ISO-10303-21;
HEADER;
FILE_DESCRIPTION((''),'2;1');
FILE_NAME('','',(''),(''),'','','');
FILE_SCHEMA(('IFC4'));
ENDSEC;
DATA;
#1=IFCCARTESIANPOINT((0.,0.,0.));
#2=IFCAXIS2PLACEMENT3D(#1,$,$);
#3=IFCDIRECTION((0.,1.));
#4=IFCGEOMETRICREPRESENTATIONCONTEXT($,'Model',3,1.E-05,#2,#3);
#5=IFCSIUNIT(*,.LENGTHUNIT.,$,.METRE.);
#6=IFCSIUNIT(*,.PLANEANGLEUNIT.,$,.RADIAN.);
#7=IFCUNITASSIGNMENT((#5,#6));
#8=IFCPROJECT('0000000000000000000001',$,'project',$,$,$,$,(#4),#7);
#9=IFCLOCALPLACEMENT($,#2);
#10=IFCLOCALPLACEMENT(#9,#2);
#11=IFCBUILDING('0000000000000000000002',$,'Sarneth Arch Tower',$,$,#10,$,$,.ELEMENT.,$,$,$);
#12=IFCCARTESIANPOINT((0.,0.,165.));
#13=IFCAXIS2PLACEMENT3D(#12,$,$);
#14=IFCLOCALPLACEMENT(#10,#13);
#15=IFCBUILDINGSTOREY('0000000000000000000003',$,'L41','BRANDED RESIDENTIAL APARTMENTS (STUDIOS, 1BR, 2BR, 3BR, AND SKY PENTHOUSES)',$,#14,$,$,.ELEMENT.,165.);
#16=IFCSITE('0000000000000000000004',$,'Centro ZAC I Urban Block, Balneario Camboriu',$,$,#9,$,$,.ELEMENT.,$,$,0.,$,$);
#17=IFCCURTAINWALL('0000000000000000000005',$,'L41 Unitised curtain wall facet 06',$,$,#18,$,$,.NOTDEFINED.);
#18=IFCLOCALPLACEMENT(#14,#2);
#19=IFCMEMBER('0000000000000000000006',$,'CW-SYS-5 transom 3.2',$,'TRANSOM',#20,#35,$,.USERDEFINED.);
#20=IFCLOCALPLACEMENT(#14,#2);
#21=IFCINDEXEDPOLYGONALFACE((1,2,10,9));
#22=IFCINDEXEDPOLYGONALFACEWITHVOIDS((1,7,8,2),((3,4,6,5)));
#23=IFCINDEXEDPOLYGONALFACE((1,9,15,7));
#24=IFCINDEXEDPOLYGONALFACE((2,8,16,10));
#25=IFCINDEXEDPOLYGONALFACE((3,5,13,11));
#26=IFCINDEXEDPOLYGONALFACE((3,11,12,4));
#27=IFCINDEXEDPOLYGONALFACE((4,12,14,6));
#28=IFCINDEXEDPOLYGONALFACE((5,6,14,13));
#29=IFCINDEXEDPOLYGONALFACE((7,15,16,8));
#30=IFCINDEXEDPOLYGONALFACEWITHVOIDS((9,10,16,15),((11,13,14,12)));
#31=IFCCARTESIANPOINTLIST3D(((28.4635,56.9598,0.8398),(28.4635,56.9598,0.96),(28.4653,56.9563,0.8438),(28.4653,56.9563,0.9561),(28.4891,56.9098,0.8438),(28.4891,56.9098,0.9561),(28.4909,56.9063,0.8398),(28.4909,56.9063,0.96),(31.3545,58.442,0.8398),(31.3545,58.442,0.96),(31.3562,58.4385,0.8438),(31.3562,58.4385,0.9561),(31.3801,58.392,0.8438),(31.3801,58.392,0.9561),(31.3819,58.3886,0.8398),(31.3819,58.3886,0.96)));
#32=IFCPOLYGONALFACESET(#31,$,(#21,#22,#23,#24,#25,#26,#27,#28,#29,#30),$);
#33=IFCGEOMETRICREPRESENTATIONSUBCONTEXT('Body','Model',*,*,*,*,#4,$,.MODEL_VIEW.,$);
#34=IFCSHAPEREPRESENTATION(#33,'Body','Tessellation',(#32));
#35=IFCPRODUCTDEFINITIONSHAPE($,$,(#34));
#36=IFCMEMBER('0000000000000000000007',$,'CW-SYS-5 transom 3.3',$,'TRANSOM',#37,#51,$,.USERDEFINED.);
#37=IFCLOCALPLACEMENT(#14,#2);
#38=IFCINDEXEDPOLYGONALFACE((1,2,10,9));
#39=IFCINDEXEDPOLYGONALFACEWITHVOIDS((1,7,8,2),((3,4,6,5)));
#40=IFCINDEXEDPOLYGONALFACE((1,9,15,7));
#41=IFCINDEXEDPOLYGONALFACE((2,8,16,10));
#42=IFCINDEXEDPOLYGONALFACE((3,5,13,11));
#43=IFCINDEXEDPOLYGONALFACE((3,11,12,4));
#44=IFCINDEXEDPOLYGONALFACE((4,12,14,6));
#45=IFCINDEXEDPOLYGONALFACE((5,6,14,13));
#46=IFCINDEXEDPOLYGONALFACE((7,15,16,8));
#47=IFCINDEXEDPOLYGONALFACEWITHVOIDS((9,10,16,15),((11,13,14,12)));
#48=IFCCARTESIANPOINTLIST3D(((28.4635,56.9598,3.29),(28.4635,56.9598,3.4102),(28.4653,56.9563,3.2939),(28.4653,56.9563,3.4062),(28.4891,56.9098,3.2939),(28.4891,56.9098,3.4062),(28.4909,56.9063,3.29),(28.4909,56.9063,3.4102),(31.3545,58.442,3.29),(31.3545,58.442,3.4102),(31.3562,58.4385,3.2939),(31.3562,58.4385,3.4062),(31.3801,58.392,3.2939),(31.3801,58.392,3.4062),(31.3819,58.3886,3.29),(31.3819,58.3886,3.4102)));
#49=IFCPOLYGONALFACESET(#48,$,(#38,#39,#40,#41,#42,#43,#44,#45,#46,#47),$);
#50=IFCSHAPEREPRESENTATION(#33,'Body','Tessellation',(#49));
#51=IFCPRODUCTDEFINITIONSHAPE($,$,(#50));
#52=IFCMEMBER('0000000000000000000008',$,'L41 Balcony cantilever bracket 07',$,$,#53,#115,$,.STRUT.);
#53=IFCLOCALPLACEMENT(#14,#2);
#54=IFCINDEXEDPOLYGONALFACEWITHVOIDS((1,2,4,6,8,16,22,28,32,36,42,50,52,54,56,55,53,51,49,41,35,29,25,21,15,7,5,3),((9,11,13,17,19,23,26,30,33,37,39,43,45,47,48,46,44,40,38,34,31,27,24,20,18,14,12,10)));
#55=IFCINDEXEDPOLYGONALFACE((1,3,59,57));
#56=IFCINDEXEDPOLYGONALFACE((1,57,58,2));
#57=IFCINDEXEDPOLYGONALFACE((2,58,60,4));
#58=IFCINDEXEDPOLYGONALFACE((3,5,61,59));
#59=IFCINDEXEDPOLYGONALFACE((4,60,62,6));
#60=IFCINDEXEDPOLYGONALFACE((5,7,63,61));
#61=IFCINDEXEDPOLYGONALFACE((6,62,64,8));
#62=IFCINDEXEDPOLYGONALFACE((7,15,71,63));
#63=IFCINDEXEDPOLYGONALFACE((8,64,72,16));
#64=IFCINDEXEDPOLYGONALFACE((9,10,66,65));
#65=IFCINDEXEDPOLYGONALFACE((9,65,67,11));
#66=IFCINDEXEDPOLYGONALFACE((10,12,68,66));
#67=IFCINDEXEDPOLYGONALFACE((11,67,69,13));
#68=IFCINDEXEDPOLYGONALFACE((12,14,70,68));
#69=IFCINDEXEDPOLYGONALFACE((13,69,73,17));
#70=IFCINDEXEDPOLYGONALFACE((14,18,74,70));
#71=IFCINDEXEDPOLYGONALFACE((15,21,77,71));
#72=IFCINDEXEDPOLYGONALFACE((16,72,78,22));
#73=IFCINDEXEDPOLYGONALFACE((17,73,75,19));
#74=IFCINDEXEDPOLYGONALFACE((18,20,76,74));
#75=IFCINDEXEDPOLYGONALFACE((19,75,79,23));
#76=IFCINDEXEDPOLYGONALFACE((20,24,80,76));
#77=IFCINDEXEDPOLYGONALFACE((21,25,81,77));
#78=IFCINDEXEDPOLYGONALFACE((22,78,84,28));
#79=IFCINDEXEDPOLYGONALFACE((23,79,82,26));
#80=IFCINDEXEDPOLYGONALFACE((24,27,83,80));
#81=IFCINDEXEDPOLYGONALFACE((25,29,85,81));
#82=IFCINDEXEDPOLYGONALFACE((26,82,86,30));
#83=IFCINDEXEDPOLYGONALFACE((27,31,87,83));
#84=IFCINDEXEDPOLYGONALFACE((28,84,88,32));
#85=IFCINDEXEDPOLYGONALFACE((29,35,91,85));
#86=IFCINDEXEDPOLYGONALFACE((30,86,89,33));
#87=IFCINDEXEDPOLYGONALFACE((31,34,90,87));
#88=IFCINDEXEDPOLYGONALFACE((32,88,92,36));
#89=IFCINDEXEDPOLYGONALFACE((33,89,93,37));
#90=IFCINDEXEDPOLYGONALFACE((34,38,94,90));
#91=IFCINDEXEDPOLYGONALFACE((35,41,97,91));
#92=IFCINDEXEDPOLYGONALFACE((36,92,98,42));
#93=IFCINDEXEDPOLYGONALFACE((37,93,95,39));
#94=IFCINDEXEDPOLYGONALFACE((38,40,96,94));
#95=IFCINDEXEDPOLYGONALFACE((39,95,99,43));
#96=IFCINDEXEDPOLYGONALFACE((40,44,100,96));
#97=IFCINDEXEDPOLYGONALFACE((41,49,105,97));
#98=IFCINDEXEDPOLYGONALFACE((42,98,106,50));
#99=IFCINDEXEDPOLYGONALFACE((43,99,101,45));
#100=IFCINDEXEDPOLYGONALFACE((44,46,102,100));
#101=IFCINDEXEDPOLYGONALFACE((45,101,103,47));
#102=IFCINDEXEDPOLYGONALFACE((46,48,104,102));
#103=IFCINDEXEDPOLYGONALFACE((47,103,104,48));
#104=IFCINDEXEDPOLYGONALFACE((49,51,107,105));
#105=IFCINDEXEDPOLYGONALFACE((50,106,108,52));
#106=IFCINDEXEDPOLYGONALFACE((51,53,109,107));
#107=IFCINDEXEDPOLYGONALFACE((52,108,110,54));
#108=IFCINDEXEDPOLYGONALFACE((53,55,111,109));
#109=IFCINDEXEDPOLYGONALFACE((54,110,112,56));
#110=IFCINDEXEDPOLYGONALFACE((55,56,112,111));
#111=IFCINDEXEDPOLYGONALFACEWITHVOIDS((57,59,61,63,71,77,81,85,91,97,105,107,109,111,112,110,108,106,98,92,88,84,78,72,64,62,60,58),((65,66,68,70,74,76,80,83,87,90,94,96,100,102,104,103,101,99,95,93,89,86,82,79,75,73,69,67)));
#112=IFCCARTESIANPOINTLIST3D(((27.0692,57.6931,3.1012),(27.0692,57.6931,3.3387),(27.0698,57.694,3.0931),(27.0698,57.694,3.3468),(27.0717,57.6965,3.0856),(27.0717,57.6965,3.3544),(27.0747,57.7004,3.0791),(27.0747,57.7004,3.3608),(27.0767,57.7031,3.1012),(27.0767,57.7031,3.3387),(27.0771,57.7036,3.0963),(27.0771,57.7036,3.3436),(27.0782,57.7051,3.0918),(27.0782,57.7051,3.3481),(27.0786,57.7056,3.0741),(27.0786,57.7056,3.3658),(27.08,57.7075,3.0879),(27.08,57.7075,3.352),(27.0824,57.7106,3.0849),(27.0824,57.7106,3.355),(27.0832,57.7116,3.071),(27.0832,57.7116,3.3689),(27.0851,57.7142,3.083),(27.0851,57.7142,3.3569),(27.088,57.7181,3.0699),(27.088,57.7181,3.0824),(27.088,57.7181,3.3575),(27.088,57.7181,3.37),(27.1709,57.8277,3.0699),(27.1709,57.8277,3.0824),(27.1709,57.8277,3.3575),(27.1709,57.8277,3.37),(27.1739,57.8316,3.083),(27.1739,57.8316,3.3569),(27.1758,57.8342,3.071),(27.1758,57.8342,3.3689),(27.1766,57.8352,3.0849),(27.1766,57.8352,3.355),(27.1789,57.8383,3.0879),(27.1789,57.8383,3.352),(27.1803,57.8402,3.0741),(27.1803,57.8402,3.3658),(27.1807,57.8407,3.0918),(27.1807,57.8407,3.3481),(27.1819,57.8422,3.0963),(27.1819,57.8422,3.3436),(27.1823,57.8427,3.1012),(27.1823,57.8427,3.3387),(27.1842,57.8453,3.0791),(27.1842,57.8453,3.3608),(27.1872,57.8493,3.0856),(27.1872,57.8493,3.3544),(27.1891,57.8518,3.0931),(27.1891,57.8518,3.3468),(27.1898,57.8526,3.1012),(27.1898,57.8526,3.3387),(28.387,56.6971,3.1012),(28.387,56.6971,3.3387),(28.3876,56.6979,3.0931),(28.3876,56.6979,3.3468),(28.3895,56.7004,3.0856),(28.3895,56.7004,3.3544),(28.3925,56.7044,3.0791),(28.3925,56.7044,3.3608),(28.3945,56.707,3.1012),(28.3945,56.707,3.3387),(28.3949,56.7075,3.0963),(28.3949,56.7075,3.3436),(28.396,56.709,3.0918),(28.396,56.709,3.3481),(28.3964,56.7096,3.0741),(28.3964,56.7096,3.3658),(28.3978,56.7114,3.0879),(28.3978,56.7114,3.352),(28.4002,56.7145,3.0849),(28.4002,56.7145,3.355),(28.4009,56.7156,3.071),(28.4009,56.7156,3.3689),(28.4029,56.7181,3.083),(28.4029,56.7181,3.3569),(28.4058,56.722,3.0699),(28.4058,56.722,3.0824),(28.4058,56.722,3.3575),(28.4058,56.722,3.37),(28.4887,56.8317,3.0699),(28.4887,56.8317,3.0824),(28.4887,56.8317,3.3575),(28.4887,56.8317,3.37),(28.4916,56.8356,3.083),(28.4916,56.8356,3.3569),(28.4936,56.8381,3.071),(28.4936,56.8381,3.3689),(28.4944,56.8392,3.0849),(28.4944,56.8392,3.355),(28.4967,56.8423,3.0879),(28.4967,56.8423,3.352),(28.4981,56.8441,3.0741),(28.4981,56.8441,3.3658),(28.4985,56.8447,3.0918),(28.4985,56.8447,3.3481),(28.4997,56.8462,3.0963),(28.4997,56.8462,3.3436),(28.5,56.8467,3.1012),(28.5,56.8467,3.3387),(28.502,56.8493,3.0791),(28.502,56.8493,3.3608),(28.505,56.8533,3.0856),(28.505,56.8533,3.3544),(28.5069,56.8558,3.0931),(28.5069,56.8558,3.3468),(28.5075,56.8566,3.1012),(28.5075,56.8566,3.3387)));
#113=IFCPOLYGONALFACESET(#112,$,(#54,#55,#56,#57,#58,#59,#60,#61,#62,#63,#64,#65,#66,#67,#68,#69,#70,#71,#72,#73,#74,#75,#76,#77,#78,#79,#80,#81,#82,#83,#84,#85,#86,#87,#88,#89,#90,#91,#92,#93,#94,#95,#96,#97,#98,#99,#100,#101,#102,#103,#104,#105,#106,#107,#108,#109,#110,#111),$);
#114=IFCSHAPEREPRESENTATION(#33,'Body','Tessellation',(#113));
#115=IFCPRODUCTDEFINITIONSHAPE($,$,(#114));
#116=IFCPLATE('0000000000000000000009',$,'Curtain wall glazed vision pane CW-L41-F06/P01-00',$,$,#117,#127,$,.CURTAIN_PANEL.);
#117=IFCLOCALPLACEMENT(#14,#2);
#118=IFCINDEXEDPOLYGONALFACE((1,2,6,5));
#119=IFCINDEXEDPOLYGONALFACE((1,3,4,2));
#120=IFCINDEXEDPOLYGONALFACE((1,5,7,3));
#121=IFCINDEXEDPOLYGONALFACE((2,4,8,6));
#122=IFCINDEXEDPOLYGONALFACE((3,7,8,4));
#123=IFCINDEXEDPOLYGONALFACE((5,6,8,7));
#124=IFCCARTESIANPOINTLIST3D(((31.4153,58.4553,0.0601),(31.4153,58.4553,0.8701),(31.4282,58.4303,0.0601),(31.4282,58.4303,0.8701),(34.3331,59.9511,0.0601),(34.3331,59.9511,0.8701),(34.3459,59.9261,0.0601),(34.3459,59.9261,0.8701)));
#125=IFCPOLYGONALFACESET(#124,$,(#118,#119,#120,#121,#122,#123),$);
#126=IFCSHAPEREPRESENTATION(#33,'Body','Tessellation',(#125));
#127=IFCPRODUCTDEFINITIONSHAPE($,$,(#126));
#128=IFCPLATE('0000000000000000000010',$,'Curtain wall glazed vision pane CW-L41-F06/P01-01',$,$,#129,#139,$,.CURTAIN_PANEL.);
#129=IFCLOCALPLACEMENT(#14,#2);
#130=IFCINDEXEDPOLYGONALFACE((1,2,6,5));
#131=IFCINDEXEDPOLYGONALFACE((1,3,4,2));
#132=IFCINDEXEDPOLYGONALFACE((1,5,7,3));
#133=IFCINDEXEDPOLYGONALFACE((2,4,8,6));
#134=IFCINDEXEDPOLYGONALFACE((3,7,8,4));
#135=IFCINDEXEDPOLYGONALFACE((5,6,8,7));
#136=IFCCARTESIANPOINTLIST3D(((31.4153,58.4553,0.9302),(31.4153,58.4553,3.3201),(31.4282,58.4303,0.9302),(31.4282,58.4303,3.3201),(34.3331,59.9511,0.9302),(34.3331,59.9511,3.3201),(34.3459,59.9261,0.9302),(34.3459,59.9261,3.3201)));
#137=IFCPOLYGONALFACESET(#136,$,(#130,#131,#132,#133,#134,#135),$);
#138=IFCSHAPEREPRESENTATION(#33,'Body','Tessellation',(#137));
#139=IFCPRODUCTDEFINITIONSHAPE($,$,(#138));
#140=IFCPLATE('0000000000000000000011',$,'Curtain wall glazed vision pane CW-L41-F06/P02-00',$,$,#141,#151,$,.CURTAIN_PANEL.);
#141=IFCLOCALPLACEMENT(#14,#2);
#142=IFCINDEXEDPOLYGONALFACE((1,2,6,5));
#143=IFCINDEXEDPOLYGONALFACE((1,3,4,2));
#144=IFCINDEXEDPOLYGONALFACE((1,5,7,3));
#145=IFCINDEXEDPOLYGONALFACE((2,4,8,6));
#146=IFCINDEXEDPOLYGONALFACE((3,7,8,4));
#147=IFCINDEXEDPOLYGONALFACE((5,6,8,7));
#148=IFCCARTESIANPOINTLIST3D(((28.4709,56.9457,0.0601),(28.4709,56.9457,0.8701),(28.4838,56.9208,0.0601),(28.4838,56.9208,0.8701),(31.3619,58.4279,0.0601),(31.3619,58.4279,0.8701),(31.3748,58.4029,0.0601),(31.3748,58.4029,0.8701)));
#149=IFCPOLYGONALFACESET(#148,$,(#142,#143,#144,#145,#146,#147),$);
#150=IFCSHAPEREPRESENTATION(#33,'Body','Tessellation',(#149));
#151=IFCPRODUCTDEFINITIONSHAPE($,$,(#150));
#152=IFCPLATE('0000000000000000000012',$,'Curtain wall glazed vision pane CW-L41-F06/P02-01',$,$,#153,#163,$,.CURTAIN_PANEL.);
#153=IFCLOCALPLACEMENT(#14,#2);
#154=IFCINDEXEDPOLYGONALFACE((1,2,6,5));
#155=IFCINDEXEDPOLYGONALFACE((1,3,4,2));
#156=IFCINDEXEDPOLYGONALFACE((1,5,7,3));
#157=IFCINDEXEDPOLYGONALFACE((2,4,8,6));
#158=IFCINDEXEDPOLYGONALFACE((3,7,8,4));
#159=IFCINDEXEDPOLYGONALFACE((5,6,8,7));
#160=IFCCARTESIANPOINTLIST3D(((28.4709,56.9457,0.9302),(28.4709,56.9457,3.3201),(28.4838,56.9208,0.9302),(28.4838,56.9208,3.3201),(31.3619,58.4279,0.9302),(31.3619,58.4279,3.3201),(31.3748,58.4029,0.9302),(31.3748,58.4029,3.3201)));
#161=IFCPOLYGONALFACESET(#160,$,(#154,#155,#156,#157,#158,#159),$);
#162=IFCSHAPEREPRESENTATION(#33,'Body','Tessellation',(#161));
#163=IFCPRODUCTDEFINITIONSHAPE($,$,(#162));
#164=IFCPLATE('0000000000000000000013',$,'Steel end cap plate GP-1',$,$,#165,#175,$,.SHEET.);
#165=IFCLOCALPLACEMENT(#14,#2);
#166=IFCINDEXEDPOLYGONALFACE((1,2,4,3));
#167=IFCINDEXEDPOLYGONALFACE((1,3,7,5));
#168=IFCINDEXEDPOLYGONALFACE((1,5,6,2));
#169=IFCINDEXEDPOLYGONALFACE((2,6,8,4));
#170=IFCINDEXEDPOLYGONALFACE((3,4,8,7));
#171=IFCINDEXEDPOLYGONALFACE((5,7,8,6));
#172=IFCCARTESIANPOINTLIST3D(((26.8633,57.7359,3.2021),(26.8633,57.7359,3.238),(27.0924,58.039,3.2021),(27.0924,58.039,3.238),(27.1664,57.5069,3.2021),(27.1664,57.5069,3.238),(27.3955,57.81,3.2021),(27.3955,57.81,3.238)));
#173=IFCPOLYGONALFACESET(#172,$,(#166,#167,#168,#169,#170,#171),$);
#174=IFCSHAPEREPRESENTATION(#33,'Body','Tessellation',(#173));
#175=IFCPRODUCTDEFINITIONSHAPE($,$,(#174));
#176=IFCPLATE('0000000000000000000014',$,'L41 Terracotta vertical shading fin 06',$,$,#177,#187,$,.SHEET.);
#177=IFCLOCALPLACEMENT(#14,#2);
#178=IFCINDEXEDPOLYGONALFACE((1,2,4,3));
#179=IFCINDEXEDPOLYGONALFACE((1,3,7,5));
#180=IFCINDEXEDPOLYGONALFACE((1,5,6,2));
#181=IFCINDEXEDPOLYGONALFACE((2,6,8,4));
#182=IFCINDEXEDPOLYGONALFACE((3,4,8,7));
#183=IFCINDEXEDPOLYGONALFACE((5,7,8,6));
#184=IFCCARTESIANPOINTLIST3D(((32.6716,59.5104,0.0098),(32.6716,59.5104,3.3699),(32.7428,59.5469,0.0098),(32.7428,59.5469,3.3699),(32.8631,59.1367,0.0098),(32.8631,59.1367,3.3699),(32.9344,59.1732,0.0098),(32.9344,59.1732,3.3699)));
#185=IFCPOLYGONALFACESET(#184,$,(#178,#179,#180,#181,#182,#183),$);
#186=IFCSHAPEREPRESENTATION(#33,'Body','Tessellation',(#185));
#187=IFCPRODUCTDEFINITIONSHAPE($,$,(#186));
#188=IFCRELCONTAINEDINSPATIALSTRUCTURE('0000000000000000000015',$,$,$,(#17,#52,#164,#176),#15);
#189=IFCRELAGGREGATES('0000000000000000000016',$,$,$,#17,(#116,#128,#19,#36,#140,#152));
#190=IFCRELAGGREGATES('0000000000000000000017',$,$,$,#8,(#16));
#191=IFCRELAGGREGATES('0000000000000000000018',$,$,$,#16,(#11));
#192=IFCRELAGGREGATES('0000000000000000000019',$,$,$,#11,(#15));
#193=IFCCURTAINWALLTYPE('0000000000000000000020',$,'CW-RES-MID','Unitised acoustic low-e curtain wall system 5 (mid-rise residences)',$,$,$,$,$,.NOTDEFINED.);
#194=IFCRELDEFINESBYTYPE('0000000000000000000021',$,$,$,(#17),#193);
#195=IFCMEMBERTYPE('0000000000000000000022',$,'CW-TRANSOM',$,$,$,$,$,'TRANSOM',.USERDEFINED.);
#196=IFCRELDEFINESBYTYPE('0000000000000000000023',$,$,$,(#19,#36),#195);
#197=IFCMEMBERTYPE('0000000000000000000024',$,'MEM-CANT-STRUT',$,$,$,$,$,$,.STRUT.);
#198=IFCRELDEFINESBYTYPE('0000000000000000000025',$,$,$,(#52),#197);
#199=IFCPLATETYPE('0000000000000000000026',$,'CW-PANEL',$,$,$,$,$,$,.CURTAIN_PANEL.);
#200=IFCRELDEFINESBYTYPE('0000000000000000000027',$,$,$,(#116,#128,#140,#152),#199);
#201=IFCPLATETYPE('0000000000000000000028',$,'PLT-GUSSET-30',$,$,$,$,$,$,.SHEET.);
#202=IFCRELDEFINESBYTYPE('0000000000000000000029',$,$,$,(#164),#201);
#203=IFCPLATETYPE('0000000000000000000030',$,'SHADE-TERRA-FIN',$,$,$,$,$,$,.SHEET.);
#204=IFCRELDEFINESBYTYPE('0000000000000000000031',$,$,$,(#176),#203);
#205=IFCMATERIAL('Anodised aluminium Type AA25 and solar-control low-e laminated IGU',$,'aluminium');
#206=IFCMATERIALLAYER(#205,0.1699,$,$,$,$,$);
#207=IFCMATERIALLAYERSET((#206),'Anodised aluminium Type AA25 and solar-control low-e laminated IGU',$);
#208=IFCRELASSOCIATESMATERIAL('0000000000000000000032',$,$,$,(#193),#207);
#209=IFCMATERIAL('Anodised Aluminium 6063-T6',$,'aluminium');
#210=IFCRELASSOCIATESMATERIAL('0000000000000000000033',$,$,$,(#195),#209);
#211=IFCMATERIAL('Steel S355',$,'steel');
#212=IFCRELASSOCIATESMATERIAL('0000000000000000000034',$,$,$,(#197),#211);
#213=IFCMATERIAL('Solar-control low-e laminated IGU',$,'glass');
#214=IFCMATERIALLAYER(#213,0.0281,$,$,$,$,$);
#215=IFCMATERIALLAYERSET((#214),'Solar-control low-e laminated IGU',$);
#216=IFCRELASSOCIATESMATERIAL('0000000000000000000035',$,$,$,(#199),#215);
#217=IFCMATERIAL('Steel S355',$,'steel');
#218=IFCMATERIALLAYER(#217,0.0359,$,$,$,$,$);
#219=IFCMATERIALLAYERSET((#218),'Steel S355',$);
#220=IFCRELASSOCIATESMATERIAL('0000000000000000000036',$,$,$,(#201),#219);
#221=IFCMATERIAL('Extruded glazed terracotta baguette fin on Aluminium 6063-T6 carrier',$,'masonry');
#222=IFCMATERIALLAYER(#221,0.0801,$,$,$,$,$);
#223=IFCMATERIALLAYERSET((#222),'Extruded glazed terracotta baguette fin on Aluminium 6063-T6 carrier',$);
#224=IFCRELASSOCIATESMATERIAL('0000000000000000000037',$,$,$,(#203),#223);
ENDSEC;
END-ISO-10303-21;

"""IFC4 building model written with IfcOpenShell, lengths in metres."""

from ifc_helpers import new_model, si_unit, direction, frame, origin, origin_2d, place, context, subcontext, project, spatial, rectangle, hollow_rectangle, extrude, material, layer, layer_set, material_profile, profile_set, type_object, element, aggregate, save


model = new_model("IFC4")

# Units and contexts
model_context = context("Model", 3, precision=1e-05, world=origin(), true_north=direction((0.0, 1.0)))
body_context = subcontext(model_context, "Body", "Model", "MODEL_VIEW")
ifc_project = project(units=[si_unit("LENGTHUNIT", "METRE"), si_unit("PLANEANGLEUNIT", "RADIAN")], contexts=[model_context])

# Site, building, storey
site_placement = place(None, origin())
site = spatial("IfcSite", under=ifc_project, at=site_placement, Name="Centro ZAC I Urban Block, Balneario Camboriu", CompositionType="ELEMENT", RefElevation=0.0)
building_placement = place(site_placement, origin())
building = spatial("IfcBuilding", under=site, at=building_placement, Name="Sarneth Arch Tower", CompositionType="ELEMENT")
storey_placement = place(building_placement, frame((0.0, 0.0, 165.0)))
storey = spatial("IfcBuildingStorey", under=building, at=storey_placement, Name="L41", Description="BRANDED RESIDENTIAL APARTMENTS (STUDIOS, 1BR, 2BR, 3BR, AND SKY PENTHOUSES)", CompositionType="ELEMENT", Elevation=165.0)

# Curtain wall, members
ifc_material_1 = material(Name="Anodised aluminium Type AA25 and solar-control low-e laminated IGU", Category="aluminium")
ifc_layer_1 = layer(ifc_material_1, 0.1699)
ifc_layer_set_1 = layer_set([ifc_layer_1], Name="Anodised aluminium Type AA25 and solar-control low-e laminated IGU")
curtain_wall_type = type_object("IfcCurtainWallType", Name="CW-RES-MID", Description="Unitised acoustic low-e curtain wall system 5 (mid-rise residences)", PredefinedType="NOTDEFINED", material=ifc_layer_set_1)
curtain_wall_placement = place(storey_placement, origin())
curtain_wall = element("IfcCurtainWall", 1, at=curtain_wall_placement, inside=storey, type_object=curtain_wall_type, Name="L41 Unitised curtain wall facet 06", PredefinedType="NOTDEFINED")
ifc_material_2 = material(Name="Anodised Aluminium 6063-T6", Category="aluminium")
ifc_material_profile_1 = material_profile(ifc_material_2, hollow_rectangle(XDim=0.0601, YDim=0.1201, WallThickness=0.0039, at=origin_2d()), Name="AL-TRAN-120x60x4")
ifc_profile_set_1 = profile_set([ifc_material_profile_1], Name="Anodised Aluminium 6063-T6")
member_type_1 = type_object("IfcMemberType", Name="CW-TRANSOM", ElementType="TRANSOM", PredefinedType="USERDEFINED", material=ifc_profile_set_1)
member_1_placement = place(storey_placement, frame((31.3682, 58.4153, 0.8999), z_axis=(-0.889857, -0.456239, 0.0), x_axis=(0.456239, -0.889857, 0.0)))
member_1 = element("IfcMember", 2, at=member_1_placement, type_object=member_type_1, Name="CW-SYS-5 transom 3.2", ObjectType="TRANSOM", PredefinedType="USERDEFINED", context=body_context, shape_type="SweptSolid", body=[
    extrude(hollow_rectangle(XDim=0.0601, YDim=0.1201, WallThickness=0.0039, at=origin_2d()), origin(), (0.0, 0.0, 1.0), 3.2488),
])
member_2_placement = place(storey_placement, frame((31.3682, 58.4153, 3.3501), z_axis=(-0.889857, -0.456239, 0.0), x_axis=(0.456239, -0.889857, 0.0)))
member_2 = element("IfcMember", 3, at=member_2_placement, type_object=member_type_1, Name="CW-SYS-5 transom 3.3", ObjectType="TRANSOM", PredefinedType="USERDEFINED", context=body_context, shape_type="SweptSolid", body=[
    extrude(hollow_rectangle(XDim=0.0601, YDim=0.1201, WallThickness=0.0039, at=origin_2d()), origin(), (0.0, 0.0, 1.0), 3.2488),
])

# Member
ifc_material_3 = material(Name="Steel S355", Category="steel")
ifc_material_profile_2 = material_profile(ifc_material_3, hollow_rectangle(XDim=0.2, YDim=0.3, WallThickness=0.0125, InnerFilletRadius=0.0188, OuterFilletRadius=0.0312, at=origin_2d()), Name="RHS300x200x12.5")
ifc_profile_set_2 = profile_set([ifc_material_profile_2], Name="Steel S355")
member_type_2 = type_object("IfcMemberType", Name="MEM-CANT-STRUT", PredefinedType="STRUT", material=ifc_profile_set_2)
member_3_placement = place(storey_placement, frame((28.4473, 56.7769, 3.22), z_axis=(-0.79776, 0.602975, 0.0), x_axis=(-0.602975, -0.79776, 0.0)))
element("IfcMember", 4, at=member_3_placement, inside=storey, type_object=member_type_2, Name="L41 Balcony cantilever bracket 07", PredefinedType="STRUT", context=body_context, shape_type="SweptSolid", body=[
    extrude(hollow_rectangle(XDim=0.2, YDim=0.3, WallThickness=0.0125, InnerFilletRadius=0.0188, OuterFilletRadius=0.0312, at=origin_2d()), origin(), (0.0, 0.0, 1.0), 1.6519),
])

# Plates
ifc_material_4 = material(Name="Solar-control low-e laminated IGU", Category="glass")
ifc_layer_2 = layer(ifc_material_4, 0.0281)
ifc_layer_set_2 = layer_set([ifc_layer_2], Name="Solar-control low-e laminated IGU")
plate_type_1 = type_object("IfcPlateType", Name="CW-PANEL", PredefinedType="CURTAIN_PANEL", material=ifc_layer_set_2)
plate_1_placement = place(storey_placement, frame((32.8806, 59.1907, 0.0601), z_axis=(0.0, 0.0, 1.0), x_axis=(-0.889873, -0.456208, 0.0)))
plate_1 = element("IfcPlate", 5, at=plate_1_placement, type_object=plate_type_1, Name="Curtain wall glazed vision pane CW-L41-F06/P01-00", PredefinedType="CURTAIN_PANEL", context=body_context, shape_type="SweptSolid", body=[
    extrude(rectangle(XDim=3.2788, YDim=0.0281, at=origin_2d()), origin(), (0.0, 0.0, 1.0), 0.8101),
])
plate_2_placement = place(storey_placement, frame((32.8806, 59.1907, 0.9302), z_axis=(0.0, 0.0, 1.0), x_axis=(-0.889873, -0.456208, 0.0)))
plate_2 = element("IfcPlate", 6, at=plate_2_placement, type_object=plate_type_1, Name="Curtain wall glazed vision pane CW-L41-F06/P01-01", PredefinedType="CURTAIN_PANEL", context=body_context, shape_type="SweptSolid", body=[
    extrude(rectangle(XDim=3.2788, YDim=0.0281, at=origin_2d()), origin(), (0.0, 0.0, 1.0), 2.3899),
])
plate_3_placement = place(storey_placement, frame((29.9229, 57.6743, 0.0601), z_axis=(0.0, 0.0, 1.0), x_axis=(-0.889873, -0.456208, 0.0)))
plate_3 = element("IfcPlate", 7, at=plate_3_placement, type_object=plate_type_1, Name="Curtain wall glazed vision pane CW-L41-F06/P02-00", PredefinedType="CURTAIN_PANEL", context=body_context, shape_type="SweptSolid", body=[
    extrude(rectangle(XDim=3.2488, YDim=0.0281, at=origin_2d()), origin(), (0.0, 0.0, 1.0), 0.8101),
])
plate_4_placement = place(storey_placement, frame((29.9229, 57.6743, 0.9302), z_axis=(0.0, 0.0, 1.0), x_axis=(-0.889873, -0.456208, 0.0)))
plate_4 = element("IfcPlate", 8, at=plate_4_placement, type_object=plate_type_1, Name="Curtain wall glazed vision pane CW-L41-F06/P02-01", PredefinedType="CURTAIN_PANEL", context=body_context, shape_type="SweptSolid", body=[
    extrude(rectangle(XDim=3.2488, YDim=0.0281, at=origin_2d()), origin(), (0.0, 0.0, 1.0), 2.3899),
])
aggregate(curtain_wall, [plate_1, plate_2, member_1, member_2, plate_3, plate_4])

# Plates
ifc_material_5 = material(Name="Steel S355", Category="steel")
ifc_layer_3 = layer(ifc_material_5, 0.0359)
ifc_layer_set_3 = layer_set([ifc_layer_3], Name="Steel S355")
plate_type_2 = type_object("IfcPlateType", Name="PLT-GUSSET-30", PredefinedType="SHEET", material=ifc_layer_set_3)
plate_5_placement = place(storey_placement, frame((27.1294, 57.7729, 3.2021), z_axis=(0.0, 0.0, 1.0), x_axis=(-0.797794, 0.60293, 0.0)))
element("IfcPlate", 9, at=plate_5_placement, inside=storey, type_object=plate_type_2, Name="Steel end cap plate GP-1", PredefinedType="SHEET", context=body_context, shape_type="SweptSolid", body=[
    extrude(rectangle(XDim=0.3799, YDim=0.3799, at=origin_2d()), origin(), (0.0, 0.0, 1.0), 0.0359),
])
ifc_material_6 = material(Name="Extruded glazed terracotta baguette fin on Aluminium 6063-T6 carrier", Category="masonry")
ifc_layer_4 = layer(ifc_material_6, 0.0801)
ifc_layer_set_4 = layer_set([ifc_layer_4], Name="Extruded glazed terracotta baguette fin on Aluminium 6063-T6 carrier")
plate_type_3 = type_object("IfcPlateType", Name="SHADE-TERRA-FIN", PredefinedType="SHEET", material=ifc_layer_set_4)
plate_6_placement = place(storey_placement, frame((32.803, 59.3418, 0.0098), z_axis=(0.0, 0.0, 1.0), x_axis=(-0.456166, 0.889895, 0.0)))
element("IfcPlate", 10, at=plate_6_placement, inside=storey, type_object=plate_type_3, Name="L41 Terracotta vertical shading fin 06", PredefinedType="SHEET", context=body_context, shape_type="SweptSolid", body=[
    extrude(rectangle(XDim=0.4199, YDim=0.0801, at=origin_2d()), origin(), (0.0, 0.0, 1.0), 3.3601),
])

save(model, "model.ifc")
